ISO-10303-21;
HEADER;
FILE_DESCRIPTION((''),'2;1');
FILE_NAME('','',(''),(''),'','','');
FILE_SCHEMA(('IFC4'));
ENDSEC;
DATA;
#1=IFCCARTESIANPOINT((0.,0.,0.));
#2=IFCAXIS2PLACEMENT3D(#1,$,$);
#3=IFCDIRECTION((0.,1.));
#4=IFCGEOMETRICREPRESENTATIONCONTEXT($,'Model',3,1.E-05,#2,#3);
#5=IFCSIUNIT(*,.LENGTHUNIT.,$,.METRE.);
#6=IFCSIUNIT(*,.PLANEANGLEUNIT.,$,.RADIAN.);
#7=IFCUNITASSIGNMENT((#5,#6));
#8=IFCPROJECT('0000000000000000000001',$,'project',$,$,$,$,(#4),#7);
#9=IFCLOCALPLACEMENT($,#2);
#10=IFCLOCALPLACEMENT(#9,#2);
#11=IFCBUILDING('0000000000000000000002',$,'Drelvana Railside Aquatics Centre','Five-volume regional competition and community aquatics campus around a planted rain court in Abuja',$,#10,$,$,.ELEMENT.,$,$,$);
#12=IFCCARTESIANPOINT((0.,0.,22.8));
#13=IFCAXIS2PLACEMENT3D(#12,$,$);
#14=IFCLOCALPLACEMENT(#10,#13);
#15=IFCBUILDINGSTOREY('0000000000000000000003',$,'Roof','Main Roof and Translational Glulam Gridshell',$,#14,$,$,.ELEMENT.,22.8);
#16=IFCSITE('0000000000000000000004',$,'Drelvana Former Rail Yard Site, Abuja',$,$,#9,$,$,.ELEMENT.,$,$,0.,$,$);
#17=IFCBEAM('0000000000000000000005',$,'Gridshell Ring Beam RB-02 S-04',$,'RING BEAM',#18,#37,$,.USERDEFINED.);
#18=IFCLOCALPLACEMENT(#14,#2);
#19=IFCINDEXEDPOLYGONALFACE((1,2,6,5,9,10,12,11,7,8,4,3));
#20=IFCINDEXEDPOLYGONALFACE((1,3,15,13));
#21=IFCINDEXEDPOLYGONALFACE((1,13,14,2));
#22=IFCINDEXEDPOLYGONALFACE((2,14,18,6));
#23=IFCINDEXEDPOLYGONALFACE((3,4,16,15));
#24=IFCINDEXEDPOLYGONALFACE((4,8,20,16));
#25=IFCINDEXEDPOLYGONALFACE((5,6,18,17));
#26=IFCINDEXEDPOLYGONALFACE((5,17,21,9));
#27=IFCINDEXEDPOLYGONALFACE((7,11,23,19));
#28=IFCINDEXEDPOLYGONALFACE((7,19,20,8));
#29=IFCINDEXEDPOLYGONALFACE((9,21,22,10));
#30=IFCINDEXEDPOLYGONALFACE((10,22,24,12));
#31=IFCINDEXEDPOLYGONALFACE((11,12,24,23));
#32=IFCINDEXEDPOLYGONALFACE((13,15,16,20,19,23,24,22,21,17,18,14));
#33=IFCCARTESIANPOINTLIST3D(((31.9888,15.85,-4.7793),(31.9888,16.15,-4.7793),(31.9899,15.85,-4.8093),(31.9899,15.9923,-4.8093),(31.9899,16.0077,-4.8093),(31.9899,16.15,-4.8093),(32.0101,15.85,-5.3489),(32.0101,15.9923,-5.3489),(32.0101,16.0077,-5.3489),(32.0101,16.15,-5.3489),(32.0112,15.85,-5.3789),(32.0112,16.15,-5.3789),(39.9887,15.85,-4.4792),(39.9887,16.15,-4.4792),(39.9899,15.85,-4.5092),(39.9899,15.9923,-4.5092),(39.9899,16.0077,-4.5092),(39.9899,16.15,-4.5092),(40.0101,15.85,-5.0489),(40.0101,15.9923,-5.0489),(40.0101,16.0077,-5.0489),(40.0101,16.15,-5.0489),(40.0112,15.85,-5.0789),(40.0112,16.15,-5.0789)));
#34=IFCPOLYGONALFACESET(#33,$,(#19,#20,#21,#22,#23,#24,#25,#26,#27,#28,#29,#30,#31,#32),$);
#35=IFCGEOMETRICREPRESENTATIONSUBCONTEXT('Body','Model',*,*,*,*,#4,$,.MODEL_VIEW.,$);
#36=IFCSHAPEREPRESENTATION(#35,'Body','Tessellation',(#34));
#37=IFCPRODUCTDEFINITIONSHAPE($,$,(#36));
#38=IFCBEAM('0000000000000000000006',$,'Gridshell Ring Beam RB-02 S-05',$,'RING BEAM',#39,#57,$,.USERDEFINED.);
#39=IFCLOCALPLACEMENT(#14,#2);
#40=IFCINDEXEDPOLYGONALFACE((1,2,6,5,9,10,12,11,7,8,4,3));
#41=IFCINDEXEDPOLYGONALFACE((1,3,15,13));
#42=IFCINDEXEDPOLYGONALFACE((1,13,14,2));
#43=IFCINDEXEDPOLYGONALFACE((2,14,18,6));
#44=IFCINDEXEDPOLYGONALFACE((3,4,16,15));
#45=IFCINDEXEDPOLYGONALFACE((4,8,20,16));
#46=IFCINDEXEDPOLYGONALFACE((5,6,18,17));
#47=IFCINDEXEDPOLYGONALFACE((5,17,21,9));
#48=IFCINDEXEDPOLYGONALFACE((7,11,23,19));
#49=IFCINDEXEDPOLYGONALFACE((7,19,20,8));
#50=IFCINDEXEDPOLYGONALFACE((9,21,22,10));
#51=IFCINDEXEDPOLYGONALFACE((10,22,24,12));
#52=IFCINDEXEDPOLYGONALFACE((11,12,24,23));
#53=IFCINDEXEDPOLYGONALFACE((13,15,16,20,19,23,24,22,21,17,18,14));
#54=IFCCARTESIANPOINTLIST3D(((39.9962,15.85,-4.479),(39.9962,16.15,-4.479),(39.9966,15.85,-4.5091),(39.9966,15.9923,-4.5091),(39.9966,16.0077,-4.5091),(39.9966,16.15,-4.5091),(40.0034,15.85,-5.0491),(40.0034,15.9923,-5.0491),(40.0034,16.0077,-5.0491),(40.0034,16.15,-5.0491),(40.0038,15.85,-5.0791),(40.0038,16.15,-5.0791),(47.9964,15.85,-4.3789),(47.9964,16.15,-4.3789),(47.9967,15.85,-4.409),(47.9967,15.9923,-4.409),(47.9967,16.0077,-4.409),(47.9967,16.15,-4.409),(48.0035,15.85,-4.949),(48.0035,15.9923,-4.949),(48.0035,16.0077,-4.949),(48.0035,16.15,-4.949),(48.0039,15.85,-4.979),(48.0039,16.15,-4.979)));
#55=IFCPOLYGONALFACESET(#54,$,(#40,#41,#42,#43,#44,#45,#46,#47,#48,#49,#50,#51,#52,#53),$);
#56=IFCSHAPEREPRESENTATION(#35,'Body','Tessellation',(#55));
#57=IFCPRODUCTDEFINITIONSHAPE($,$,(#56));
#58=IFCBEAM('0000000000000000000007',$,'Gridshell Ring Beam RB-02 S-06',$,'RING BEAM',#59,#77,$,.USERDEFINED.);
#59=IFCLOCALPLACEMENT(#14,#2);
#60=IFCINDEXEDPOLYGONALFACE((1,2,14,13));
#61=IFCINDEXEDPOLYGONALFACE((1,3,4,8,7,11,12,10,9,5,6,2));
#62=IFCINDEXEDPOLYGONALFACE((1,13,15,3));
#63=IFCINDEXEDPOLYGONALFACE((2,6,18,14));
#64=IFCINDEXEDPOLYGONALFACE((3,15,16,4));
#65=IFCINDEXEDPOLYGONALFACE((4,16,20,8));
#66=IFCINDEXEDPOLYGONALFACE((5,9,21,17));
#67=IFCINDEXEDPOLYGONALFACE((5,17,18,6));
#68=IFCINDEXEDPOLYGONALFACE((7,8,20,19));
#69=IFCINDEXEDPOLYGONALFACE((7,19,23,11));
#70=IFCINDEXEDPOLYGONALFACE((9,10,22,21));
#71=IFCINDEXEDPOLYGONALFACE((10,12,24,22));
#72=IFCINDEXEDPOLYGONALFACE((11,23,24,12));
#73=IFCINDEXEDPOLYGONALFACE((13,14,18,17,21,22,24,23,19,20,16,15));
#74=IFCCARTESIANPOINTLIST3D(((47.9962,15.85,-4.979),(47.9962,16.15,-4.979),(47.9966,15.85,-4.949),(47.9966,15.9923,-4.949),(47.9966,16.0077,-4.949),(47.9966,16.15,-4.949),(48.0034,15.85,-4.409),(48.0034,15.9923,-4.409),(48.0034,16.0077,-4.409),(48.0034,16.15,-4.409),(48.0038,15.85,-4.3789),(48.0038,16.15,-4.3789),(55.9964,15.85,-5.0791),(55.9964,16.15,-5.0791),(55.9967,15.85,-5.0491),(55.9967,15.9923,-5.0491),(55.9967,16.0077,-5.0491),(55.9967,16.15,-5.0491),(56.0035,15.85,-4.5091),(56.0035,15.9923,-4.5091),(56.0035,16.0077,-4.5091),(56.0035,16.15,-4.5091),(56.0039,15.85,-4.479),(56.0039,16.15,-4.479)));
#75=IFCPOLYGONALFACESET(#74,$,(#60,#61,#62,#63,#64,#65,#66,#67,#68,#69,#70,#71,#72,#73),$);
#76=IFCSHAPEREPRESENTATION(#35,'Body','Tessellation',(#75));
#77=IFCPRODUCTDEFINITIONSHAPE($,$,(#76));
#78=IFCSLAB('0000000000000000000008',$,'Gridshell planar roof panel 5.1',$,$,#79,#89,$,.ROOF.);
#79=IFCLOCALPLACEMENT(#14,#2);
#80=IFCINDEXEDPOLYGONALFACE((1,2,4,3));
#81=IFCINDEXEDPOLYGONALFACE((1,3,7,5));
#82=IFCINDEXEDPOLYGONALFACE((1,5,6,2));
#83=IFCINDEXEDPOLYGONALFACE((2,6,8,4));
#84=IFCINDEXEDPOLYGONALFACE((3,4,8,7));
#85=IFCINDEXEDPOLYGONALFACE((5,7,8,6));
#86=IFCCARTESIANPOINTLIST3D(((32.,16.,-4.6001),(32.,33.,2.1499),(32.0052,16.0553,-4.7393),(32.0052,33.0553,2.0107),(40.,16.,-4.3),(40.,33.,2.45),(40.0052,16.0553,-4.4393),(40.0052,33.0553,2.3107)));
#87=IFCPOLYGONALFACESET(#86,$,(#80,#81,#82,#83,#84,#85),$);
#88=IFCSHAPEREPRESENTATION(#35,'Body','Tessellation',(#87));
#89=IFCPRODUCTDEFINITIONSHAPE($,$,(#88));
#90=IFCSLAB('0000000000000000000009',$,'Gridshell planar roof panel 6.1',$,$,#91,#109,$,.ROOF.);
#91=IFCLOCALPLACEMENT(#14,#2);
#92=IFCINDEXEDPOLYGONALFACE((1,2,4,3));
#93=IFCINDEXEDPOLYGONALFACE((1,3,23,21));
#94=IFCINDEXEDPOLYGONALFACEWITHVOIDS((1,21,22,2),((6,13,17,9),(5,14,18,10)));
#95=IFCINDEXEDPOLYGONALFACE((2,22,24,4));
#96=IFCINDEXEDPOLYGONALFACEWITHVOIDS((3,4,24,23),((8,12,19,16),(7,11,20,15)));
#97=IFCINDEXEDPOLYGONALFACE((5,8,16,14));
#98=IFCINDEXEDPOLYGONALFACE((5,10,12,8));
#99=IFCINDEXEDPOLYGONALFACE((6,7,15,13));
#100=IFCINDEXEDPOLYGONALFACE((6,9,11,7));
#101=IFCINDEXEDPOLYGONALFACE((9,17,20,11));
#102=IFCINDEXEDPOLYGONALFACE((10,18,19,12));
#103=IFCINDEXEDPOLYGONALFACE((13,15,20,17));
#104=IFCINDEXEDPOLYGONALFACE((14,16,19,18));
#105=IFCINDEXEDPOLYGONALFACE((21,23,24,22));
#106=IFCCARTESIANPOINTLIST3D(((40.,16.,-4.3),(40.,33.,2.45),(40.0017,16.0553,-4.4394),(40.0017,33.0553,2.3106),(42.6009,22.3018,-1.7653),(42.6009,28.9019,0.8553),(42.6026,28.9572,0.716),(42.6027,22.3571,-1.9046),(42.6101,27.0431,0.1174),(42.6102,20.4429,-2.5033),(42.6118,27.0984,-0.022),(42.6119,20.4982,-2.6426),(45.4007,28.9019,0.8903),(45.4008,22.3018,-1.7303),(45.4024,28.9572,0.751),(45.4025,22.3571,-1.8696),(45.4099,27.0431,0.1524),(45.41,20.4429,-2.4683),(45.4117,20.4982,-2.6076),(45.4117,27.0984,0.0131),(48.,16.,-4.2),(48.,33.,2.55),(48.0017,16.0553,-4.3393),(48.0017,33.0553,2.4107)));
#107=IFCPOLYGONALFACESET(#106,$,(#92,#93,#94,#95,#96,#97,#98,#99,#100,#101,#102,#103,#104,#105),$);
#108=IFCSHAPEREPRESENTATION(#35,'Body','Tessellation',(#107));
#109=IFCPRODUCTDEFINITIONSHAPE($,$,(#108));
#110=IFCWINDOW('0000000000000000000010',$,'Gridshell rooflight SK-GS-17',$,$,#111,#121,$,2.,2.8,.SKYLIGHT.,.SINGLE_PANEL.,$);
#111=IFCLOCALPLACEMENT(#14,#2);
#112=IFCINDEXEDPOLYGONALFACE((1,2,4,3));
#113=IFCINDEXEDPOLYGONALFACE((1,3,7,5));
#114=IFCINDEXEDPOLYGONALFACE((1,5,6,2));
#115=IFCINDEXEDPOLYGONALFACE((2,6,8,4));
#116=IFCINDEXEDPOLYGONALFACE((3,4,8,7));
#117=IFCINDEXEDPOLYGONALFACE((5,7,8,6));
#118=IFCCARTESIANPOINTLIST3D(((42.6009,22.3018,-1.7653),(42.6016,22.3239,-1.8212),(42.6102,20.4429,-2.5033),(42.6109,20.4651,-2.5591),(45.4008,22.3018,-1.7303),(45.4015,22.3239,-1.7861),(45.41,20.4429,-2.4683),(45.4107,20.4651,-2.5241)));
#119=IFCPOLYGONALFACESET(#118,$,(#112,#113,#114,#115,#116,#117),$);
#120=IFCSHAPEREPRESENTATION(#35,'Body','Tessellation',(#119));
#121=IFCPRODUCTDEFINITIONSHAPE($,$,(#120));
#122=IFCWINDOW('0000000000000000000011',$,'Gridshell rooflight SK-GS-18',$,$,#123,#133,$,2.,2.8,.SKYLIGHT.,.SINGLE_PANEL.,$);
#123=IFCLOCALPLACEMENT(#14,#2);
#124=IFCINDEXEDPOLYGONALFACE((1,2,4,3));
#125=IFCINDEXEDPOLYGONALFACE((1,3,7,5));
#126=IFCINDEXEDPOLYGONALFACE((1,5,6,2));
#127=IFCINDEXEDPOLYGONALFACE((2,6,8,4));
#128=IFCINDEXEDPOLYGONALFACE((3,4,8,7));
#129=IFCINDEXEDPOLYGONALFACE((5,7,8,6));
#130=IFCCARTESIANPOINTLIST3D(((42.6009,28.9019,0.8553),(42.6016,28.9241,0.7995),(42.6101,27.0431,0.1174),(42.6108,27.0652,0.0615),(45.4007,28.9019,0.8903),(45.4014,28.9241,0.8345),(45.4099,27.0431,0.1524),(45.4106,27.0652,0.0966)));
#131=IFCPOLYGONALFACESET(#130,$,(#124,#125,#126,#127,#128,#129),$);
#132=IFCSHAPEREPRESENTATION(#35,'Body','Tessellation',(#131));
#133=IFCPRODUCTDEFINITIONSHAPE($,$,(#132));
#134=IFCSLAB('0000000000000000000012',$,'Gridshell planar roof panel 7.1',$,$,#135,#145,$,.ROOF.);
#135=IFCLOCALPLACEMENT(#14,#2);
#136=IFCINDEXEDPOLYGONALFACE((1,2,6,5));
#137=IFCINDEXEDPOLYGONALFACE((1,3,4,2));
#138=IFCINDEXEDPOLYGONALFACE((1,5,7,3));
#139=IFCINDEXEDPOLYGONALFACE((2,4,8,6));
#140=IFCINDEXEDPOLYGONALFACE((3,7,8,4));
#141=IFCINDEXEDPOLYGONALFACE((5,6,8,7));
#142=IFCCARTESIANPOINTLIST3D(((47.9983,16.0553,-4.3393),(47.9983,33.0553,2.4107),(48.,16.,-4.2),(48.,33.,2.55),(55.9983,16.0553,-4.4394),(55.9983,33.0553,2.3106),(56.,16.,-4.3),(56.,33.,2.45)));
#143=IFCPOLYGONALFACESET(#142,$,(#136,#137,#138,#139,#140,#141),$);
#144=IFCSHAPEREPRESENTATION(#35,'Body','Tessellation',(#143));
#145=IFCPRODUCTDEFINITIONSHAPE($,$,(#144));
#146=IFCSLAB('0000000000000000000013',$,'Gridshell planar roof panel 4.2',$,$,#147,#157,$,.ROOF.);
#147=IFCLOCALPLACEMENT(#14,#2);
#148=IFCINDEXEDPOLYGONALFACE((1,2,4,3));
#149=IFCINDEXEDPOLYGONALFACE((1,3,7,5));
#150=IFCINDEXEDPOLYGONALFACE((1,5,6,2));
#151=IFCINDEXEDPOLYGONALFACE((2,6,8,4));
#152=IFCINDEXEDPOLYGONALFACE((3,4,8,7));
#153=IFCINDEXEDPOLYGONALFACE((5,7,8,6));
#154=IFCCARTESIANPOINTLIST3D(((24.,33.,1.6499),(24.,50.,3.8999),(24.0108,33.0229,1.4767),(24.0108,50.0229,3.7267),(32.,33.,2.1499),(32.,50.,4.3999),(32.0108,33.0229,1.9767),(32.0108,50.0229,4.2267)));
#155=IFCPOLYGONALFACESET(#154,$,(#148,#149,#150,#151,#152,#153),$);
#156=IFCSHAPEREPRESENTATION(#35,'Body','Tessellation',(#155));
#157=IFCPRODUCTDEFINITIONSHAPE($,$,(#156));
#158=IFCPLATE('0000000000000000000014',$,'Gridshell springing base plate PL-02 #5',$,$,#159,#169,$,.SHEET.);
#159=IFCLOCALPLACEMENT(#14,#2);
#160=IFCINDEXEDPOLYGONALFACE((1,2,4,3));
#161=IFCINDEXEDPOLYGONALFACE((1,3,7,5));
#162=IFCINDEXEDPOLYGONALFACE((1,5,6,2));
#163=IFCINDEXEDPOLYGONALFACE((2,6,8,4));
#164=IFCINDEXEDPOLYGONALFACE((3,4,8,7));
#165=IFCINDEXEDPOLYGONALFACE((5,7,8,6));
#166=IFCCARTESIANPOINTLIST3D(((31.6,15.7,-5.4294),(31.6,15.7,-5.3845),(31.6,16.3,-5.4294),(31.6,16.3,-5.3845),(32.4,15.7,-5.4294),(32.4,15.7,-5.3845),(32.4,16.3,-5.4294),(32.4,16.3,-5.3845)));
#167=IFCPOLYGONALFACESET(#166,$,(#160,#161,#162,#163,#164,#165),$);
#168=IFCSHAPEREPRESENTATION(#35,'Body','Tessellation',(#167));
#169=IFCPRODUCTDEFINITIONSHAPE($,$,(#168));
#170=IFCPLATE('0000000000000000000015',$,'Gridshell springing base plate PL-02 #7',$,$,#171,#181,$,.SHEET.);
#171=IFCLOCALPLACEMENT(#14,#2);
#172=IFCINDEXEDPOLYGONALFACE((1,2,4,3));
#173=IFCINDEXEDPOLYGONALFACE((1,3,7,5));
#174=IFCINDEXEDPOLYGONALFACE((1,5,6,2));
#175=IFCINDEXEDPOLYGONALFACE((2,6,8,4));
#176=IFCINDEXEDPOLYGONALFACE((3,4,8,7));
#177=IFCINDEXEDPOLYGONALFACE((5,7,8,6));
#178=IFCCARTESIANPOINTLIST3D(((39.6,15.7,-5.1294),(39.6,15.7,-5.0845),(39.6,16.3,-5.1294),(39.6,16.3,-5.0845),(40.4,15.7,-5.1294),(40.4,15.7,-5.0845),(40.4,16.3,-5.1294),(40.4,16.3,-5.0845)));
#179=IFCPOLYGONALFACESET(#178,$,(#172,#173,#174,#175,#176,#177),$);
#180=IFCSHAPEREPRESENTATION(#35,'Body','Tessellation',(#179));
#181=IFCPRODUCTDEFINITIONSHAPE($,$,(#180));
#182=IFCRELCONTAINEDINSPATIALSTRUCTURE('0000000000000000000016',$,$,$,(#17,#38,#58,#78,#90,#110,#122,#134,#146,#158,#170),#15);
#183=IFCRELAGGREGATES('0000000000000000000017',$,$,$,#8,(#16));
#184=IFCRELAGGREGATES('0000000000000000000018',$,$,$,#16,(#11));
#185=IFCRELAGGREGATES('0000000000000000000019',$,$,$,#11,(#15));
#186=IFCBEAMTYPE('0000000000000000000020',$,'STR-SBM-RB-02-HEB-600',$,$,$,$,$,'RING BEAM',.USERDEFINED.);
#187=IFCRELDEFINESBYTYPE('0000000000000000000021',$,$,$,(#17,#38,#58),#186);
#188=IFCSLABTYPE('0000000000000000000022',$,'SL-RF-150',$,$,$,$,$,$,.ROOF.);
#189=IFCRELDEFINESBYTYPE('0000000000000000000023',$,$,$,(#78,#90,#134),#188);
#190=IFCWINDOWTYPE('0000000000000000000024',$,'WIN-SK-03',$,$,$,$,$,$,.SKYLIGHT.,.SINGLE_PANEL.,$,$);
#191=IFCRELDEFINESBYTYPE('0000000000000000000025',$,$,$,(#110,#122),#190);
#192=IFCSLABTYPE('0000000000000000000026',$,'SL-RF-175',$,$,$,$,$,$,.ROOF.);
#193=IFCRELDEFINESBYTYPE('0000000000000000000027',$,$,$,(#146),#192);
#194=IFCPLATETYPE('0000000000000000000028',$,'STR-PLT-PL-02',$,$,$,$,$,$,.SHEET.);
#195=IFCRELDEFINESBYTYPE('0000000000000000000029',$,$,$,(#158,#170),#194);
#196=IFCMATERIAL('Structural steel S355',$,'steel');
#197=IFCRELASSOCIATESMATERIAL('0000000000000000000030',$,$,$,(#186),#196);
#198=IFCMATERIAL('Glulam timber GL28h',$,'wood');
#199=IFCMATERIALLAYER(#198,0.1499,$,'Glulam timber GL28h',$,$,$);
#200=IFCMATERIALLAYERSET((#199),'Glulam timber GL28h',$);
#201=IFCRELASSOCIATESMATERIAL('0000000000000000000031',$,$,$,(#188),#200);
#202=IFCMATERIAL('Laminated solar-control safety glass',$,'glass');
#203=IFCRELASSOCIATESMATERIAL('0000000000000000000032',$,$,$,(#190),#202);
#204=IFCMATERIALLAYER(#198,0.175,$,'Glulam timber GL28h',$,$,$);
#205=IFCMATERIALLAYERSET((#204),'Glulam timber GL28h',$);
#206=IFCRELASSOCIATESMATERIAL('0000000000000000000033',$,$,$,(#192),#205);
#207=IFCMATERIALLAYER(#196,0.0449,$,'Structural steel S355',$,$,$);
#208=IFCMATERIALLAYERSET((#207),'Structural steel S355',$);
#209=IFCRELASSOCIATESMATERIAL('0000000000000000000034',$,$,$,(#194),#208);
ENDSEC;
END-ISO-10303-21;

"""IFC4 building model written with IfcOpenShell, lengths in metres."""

from ifc_helpers import new_model, si_unit, direction, frame, origin, origin_2d, place, context, subcontext, project, spatial, polyline, rectangle, i_section, outline, extrude, material, layer, layer_set, material_profile, profile_set, type_object, element, fill, save


model = new_model("IFC4")

# Units and contexts
model_context = context("Model", 3, precision=1e-05, world=origin(), true_north=direction((0.0, 1.0)))
body_context = subcontext(model_context, "Body", "Model", "MODEL_VIEW")
ifc_project = project(units=[si_unit("LENGTHUNIT", "METRE"), si_unit("PLANEANGLEUNIT", "RADIAN")], contexts=[model_context])

# Site, building, storey
site_placement = place(None, origin())
site = spatial("IfcSite", under=ifc_project, at=site_placement, Name="Drelvana Former Rail Yard Site, Abuja", CompositionType="ELEMENT", RefElevation=0.0)
building_placement = place(site_placement, origin())
building = spatial("IfcBuilding", under=site, at=building_placement, Name="Drelvana Railside Aquatics Centre", Description="Five-volume regional competition and community aquatics campus around a planted rain court in Abuja", CompositionType="ELEMENT")
storey_placement = place(building_placement, frame((0.0, 0.0, 22.8)))
storey = spatial("IfcBuildingStorey", under=building, at=storey_placement, Name="Roof", Description="Main Roof and Translational Glulam Gridshell", CompositionType="ELEMENT", Elevation=22.8)

# Shared definitions
ifc_material_1 = material(Name="Glulam timber GL28h", Category="wood")

# Beams
ifc_material_2 = material(Name="Structural steel S355", Category="steel")
ifc_material_profile_1 = material_profile(ifc_material_2, i_section(OverallWidth=0.3, OverallDepth=0.6001, WebThickness=0.0154, FlangeThickness=0.03, at=origin_2d()), Name="HEB 600")
ifc_profile_set_1 = profile_set([ifc_material_profile_1], Name="Structural steel S355")
beam_type_1 = type_object("IfcBeamType", Name="STR-SBM-RB-02-HEB-600", ElementType="RING BEAM", PredefinedType="USERDEFINED", material=ifc_profile_set_1)
beam_1_placement = place(storey_placement, frame((32.0, 16.0, -5.0791), z_axis=(0.999297, 0.0, 0.03748), x_axis=(0.0, 1.0, 0.0)))
element("IfcBeam", 1, at=beam_1_placement, inside=storey, type_object=beam_type_1, Name="Gridshell Ring Beam RB-02 S-04", ObjectType="RING BEAM", PredefinedType="USERDEFINED", context=body_context, shape_type="SweptSolid", body=[
    extrude(i_section(OverallWidth=0.3, OverallDepth=0.6001, WebThickness=0.0154, FlangeThickness=0.03, at=origin_2d()), origin(), (0.0, 0.0, 1.0), 8.0056),
])
for number, where, z_axis, x_axis, name in (
    (2, (40.0, 16.0, -4.7791), (0.999922, 0.0, 0.012511), (0.0, 1.0, 0.0), "Gridshell Ring Beam RB-02 S-05"),
    (3, (48.0, 16.0, -4.679), (0.999922, 0.0, -0.012511), (0.0, 1.0, 0.0), "Gridshell Ring Beam RB-02 S-06"),
):
    element("IfcBeam", number, at=place(storey_placement, frame(where, z_axis=z_axis, x_axis=x_axis)), inside=storey, type_object=beam_type_1, Name=name, ObjectType="RING BEAM", PredefinedType="USERDEFINED", context=body_context, shape_type="SweptSolid", body=[
        extrude(i_section(OverallWidth=0.3, OverallDepth=0.6001, WebThickness=0.0154, FlangeThickness=0.03, at=origin_2d()), origin(), (0.0, 0.0, 1.0), 8.0007),
    ])

# Slab
ifc_layer_1 = layer(ifc_material_1, 0.1499, Name="Glulam timber GL28h")
ifc_layer_set_1 = layer_set([ifc_layer_1], Name="Glulam timber GL28h")
slab_type_1 = type_object("IfcSlabType", Name="SL-RF-150", PredefinedType="ROOF", material=ifc_layer_set_1)
slab_1_placement = place(storey_placement, frame((32.0, 16.0, -4.6001), z_axis=(-0.034838, -0.368809, 0.928852), x_axis=(0.999297, 0.0, 0.03748)))
element("IfcSlab", 4, at=slab_1_placement, inside=storey, type_object=slab_type_1, Name="Gridshell planar roof panel 5.1", PredefinedType="ROOF", context=body_context, shape_type="SweptSolid", body=[
    extrude(outline(polyline([(0.0, 0.0), (8.0056, 0.0), (8.2586, 18.2893), (0.253, 18.2893), (0.0, 0.0)])), origin(), (0.0, 0.0, -1.0), 0.1499),
])

# Slab, openings, windows
slab_2_placement = place(storey_placement, frame((40.0, 16.0, -4.3), z_axis=(-0.011628, -0.369008, 0.929353), x_axis=(0.999922, 0.0, 0.012511)))
slab_2 = element("IfcSlab", 5, at=slab_2_placement, inside=storey, type_object=slab_type_1, Name="Gridshell planar roof panel 6.1", PredefinedType="ROOF", context=body_context, shape_type="SweptSolid", body=[
    extrude(outline(polyline([(0.0, 0.0), (8.0006, 0.0), (8.0851, 18.2909), (0.0845, 18.2909), (0.0, 0.0)])), origin(), (0.0, 0.0, -1.0), 0.1499),
])
opening_1_placement = place(slab_2_placement, frame((4.0325, 5.7803, 0.01)))
opening_1 = element("IfcOpeningElement", 6, at=opening_1_placement, cuts=slab_2, PredefinedType="OPENING", context=body_context, shape_type="SweptSolid", body=[
    extrude(rectangle(XDim=2.8, YDim=2.0, at=origin_2d()), origin(), (0.0, 0.0, -1.0), 0.1699),
])
opening_2_placement = place(slab_2_placement, frame((4.0652, 12.8816, 0.01)))
opening_2 = element("IfcOpeningElement", 7, at=opening_2_placement, cuts=slab_2, PredefinedType="OPENING", context=body_context, shape_type="SweptSolid", body=[
    extrude(rectangle(XDim=2.8, YDim=2.0, at=origin_2d()), origin(), (0.0, 0.0, -1.0), 0.1699),
])
ifc_material_3 = material(Name="Laminated solar-control safety glass", Category="glass")
window_type = type_object("IfcWindowType", Name="WIN-SK-03", PartitioningType="SINGLE_PANEL", PredefinedType="SKYLIGHT", material=ifc_material_3)
window_1_placement = place(slab_2_placement, frame((4.0325, 5.7803, 0.0)))
window_1 = element("IfcWindow", 8, at=window_1_placement, inside=storey, type_object=window_type, Name="Gridshell rooflight SK-GS-17", OverallHeight=2.0, OverallWidth=2.8, PartitioningType="SINGLE_PANEL", PredefinedType="SKYLIGHT", context=body_context, shape_type="SweptSolid", body=[
    extrude(rectangle(XDim=2.8, YDim=2.0, at=origin_2d()), origin(), (0.0, 0.0, -1.0), 0.0601),
])
fill(opening_1, window_1)
window_2_placement = place(slab_2_placement, frame((4.0652, 12.8816, 0.0)))
window_2 = element("IfcWindow", 9, at=window_2_placement, inside=storey, type_object=window_type, Name="Gridshell rooflight SK-GS-18", OverallHeight=2.0, OverallWidth=2.8, PartitioningType="SINGLE_PANEL", PredefinedType="SKYLIGHT", context=body_context, shape_type="SweptSolid", body=[
    extrude(rectangle(XDim=2.8, YDim=2.0, at=origin_2d()), origin(), (0.0, 0.0, -1.0), 0.0601),
])
fill(opening_2, window_2)

# Slabs
slab_3_placement = place(storey_placement, frame((48.0, 16.0, -4.2), z_axis=(0.011628, -0.369008, 0.929353), x_axis=(0.999922, 0.0, -0.012511)))
element("IfcSlab", 10, at=slab_3_placement, inside=storey, type_object=slab_type_1, Name="Gridshell planar roof panel 7.1", PredefinedType="ROOF", context=body_context, shape_type="SweptSolid", body=[
    extrude(outline(polyline([(0.0, 0.0), (8.0006, 0.0), (7.9162, 18.2909), (-0.0845, 18.2909), (0.0, 0.0)])), origin(), (0.0, 0.0, -1.0), 0.1499),
])
ifc_layer_2 = layer(ifc_material_1, 0.175, Name="Glulam timber GL28h")
ifc_layer_set_2 = layer_set([ifc_layer_2], Name="Glulam timber GL28h")
slab_type_2 = type_object("IfcSlabType", Name="SL-RF-175", PredefinedType="ROOF", material=ifc_layer_set_2)
slab_4_placement = place(storey_placement, frame((24.0, 33.0, 1.6499), z_axis=(-0.061841, -0.130958, 0.989457), x_axis=(0.998053, 0.0, 0.062378)))
element("IfcSlab", 11, at=slab_4_placement, inside=storey, type_object=slab_type_2, Name="Gridshell planar roof panel 4.2", PredefinedType="ROOF", context=body_context, shape_type="SweptSolid", body=[
    extrude(outline(polyline([(0.0, 0.0), (8.0156, 0.0), (8.156, 17.1477), (0.1404, 17.1477), (0.0, 0.0)])), origin(), (0.0, 0.0, -1.0), 0.175),
])

# Plates
ifc_layer_3 = layer(ifc_material_2, 0.0449, Name="Structural steel S355")
ifc_layer_set_3 = layer_set([ifc_layer_3], Name="Structural steel S355")
plate_type_1 = type_object("IfcPlateType", Name="STR-PLT-PL-02", PredefinedType="SHEET", material=ifc_layer_set_3)
for number, where, z_axis, x_axis, name in (
    (12, (32.0, 16.0, -5.4294), (0.0, 0.0, 1.0), (1.0, 0.0, 0.0), "Gridshell springing base plate PL-02 #5"),
    (13, (40.0, 16.0, -5.1294), (0.0, 0.0, 1.0), (1.0, 0.0, 0.0), "Gridshell springing base plate PL-02 #7"),
):
    element("IfcPlate", number, at=place(storey_placement, frame(where, z_axis=z_axis, x_axis=x_axis)), inside=storey, type_object=plate_type_1, Name=name, PredefinedType="SHEET", context=body_context, shape_type="SweptSolid", body=[
        extrude(rectangle(XDim=0.8, YDim=0.6001, at=origin_2d()), origin(), (0.0, 0.0, 1.0), 0.0449),
    ])

save(model, "model.ifc")
